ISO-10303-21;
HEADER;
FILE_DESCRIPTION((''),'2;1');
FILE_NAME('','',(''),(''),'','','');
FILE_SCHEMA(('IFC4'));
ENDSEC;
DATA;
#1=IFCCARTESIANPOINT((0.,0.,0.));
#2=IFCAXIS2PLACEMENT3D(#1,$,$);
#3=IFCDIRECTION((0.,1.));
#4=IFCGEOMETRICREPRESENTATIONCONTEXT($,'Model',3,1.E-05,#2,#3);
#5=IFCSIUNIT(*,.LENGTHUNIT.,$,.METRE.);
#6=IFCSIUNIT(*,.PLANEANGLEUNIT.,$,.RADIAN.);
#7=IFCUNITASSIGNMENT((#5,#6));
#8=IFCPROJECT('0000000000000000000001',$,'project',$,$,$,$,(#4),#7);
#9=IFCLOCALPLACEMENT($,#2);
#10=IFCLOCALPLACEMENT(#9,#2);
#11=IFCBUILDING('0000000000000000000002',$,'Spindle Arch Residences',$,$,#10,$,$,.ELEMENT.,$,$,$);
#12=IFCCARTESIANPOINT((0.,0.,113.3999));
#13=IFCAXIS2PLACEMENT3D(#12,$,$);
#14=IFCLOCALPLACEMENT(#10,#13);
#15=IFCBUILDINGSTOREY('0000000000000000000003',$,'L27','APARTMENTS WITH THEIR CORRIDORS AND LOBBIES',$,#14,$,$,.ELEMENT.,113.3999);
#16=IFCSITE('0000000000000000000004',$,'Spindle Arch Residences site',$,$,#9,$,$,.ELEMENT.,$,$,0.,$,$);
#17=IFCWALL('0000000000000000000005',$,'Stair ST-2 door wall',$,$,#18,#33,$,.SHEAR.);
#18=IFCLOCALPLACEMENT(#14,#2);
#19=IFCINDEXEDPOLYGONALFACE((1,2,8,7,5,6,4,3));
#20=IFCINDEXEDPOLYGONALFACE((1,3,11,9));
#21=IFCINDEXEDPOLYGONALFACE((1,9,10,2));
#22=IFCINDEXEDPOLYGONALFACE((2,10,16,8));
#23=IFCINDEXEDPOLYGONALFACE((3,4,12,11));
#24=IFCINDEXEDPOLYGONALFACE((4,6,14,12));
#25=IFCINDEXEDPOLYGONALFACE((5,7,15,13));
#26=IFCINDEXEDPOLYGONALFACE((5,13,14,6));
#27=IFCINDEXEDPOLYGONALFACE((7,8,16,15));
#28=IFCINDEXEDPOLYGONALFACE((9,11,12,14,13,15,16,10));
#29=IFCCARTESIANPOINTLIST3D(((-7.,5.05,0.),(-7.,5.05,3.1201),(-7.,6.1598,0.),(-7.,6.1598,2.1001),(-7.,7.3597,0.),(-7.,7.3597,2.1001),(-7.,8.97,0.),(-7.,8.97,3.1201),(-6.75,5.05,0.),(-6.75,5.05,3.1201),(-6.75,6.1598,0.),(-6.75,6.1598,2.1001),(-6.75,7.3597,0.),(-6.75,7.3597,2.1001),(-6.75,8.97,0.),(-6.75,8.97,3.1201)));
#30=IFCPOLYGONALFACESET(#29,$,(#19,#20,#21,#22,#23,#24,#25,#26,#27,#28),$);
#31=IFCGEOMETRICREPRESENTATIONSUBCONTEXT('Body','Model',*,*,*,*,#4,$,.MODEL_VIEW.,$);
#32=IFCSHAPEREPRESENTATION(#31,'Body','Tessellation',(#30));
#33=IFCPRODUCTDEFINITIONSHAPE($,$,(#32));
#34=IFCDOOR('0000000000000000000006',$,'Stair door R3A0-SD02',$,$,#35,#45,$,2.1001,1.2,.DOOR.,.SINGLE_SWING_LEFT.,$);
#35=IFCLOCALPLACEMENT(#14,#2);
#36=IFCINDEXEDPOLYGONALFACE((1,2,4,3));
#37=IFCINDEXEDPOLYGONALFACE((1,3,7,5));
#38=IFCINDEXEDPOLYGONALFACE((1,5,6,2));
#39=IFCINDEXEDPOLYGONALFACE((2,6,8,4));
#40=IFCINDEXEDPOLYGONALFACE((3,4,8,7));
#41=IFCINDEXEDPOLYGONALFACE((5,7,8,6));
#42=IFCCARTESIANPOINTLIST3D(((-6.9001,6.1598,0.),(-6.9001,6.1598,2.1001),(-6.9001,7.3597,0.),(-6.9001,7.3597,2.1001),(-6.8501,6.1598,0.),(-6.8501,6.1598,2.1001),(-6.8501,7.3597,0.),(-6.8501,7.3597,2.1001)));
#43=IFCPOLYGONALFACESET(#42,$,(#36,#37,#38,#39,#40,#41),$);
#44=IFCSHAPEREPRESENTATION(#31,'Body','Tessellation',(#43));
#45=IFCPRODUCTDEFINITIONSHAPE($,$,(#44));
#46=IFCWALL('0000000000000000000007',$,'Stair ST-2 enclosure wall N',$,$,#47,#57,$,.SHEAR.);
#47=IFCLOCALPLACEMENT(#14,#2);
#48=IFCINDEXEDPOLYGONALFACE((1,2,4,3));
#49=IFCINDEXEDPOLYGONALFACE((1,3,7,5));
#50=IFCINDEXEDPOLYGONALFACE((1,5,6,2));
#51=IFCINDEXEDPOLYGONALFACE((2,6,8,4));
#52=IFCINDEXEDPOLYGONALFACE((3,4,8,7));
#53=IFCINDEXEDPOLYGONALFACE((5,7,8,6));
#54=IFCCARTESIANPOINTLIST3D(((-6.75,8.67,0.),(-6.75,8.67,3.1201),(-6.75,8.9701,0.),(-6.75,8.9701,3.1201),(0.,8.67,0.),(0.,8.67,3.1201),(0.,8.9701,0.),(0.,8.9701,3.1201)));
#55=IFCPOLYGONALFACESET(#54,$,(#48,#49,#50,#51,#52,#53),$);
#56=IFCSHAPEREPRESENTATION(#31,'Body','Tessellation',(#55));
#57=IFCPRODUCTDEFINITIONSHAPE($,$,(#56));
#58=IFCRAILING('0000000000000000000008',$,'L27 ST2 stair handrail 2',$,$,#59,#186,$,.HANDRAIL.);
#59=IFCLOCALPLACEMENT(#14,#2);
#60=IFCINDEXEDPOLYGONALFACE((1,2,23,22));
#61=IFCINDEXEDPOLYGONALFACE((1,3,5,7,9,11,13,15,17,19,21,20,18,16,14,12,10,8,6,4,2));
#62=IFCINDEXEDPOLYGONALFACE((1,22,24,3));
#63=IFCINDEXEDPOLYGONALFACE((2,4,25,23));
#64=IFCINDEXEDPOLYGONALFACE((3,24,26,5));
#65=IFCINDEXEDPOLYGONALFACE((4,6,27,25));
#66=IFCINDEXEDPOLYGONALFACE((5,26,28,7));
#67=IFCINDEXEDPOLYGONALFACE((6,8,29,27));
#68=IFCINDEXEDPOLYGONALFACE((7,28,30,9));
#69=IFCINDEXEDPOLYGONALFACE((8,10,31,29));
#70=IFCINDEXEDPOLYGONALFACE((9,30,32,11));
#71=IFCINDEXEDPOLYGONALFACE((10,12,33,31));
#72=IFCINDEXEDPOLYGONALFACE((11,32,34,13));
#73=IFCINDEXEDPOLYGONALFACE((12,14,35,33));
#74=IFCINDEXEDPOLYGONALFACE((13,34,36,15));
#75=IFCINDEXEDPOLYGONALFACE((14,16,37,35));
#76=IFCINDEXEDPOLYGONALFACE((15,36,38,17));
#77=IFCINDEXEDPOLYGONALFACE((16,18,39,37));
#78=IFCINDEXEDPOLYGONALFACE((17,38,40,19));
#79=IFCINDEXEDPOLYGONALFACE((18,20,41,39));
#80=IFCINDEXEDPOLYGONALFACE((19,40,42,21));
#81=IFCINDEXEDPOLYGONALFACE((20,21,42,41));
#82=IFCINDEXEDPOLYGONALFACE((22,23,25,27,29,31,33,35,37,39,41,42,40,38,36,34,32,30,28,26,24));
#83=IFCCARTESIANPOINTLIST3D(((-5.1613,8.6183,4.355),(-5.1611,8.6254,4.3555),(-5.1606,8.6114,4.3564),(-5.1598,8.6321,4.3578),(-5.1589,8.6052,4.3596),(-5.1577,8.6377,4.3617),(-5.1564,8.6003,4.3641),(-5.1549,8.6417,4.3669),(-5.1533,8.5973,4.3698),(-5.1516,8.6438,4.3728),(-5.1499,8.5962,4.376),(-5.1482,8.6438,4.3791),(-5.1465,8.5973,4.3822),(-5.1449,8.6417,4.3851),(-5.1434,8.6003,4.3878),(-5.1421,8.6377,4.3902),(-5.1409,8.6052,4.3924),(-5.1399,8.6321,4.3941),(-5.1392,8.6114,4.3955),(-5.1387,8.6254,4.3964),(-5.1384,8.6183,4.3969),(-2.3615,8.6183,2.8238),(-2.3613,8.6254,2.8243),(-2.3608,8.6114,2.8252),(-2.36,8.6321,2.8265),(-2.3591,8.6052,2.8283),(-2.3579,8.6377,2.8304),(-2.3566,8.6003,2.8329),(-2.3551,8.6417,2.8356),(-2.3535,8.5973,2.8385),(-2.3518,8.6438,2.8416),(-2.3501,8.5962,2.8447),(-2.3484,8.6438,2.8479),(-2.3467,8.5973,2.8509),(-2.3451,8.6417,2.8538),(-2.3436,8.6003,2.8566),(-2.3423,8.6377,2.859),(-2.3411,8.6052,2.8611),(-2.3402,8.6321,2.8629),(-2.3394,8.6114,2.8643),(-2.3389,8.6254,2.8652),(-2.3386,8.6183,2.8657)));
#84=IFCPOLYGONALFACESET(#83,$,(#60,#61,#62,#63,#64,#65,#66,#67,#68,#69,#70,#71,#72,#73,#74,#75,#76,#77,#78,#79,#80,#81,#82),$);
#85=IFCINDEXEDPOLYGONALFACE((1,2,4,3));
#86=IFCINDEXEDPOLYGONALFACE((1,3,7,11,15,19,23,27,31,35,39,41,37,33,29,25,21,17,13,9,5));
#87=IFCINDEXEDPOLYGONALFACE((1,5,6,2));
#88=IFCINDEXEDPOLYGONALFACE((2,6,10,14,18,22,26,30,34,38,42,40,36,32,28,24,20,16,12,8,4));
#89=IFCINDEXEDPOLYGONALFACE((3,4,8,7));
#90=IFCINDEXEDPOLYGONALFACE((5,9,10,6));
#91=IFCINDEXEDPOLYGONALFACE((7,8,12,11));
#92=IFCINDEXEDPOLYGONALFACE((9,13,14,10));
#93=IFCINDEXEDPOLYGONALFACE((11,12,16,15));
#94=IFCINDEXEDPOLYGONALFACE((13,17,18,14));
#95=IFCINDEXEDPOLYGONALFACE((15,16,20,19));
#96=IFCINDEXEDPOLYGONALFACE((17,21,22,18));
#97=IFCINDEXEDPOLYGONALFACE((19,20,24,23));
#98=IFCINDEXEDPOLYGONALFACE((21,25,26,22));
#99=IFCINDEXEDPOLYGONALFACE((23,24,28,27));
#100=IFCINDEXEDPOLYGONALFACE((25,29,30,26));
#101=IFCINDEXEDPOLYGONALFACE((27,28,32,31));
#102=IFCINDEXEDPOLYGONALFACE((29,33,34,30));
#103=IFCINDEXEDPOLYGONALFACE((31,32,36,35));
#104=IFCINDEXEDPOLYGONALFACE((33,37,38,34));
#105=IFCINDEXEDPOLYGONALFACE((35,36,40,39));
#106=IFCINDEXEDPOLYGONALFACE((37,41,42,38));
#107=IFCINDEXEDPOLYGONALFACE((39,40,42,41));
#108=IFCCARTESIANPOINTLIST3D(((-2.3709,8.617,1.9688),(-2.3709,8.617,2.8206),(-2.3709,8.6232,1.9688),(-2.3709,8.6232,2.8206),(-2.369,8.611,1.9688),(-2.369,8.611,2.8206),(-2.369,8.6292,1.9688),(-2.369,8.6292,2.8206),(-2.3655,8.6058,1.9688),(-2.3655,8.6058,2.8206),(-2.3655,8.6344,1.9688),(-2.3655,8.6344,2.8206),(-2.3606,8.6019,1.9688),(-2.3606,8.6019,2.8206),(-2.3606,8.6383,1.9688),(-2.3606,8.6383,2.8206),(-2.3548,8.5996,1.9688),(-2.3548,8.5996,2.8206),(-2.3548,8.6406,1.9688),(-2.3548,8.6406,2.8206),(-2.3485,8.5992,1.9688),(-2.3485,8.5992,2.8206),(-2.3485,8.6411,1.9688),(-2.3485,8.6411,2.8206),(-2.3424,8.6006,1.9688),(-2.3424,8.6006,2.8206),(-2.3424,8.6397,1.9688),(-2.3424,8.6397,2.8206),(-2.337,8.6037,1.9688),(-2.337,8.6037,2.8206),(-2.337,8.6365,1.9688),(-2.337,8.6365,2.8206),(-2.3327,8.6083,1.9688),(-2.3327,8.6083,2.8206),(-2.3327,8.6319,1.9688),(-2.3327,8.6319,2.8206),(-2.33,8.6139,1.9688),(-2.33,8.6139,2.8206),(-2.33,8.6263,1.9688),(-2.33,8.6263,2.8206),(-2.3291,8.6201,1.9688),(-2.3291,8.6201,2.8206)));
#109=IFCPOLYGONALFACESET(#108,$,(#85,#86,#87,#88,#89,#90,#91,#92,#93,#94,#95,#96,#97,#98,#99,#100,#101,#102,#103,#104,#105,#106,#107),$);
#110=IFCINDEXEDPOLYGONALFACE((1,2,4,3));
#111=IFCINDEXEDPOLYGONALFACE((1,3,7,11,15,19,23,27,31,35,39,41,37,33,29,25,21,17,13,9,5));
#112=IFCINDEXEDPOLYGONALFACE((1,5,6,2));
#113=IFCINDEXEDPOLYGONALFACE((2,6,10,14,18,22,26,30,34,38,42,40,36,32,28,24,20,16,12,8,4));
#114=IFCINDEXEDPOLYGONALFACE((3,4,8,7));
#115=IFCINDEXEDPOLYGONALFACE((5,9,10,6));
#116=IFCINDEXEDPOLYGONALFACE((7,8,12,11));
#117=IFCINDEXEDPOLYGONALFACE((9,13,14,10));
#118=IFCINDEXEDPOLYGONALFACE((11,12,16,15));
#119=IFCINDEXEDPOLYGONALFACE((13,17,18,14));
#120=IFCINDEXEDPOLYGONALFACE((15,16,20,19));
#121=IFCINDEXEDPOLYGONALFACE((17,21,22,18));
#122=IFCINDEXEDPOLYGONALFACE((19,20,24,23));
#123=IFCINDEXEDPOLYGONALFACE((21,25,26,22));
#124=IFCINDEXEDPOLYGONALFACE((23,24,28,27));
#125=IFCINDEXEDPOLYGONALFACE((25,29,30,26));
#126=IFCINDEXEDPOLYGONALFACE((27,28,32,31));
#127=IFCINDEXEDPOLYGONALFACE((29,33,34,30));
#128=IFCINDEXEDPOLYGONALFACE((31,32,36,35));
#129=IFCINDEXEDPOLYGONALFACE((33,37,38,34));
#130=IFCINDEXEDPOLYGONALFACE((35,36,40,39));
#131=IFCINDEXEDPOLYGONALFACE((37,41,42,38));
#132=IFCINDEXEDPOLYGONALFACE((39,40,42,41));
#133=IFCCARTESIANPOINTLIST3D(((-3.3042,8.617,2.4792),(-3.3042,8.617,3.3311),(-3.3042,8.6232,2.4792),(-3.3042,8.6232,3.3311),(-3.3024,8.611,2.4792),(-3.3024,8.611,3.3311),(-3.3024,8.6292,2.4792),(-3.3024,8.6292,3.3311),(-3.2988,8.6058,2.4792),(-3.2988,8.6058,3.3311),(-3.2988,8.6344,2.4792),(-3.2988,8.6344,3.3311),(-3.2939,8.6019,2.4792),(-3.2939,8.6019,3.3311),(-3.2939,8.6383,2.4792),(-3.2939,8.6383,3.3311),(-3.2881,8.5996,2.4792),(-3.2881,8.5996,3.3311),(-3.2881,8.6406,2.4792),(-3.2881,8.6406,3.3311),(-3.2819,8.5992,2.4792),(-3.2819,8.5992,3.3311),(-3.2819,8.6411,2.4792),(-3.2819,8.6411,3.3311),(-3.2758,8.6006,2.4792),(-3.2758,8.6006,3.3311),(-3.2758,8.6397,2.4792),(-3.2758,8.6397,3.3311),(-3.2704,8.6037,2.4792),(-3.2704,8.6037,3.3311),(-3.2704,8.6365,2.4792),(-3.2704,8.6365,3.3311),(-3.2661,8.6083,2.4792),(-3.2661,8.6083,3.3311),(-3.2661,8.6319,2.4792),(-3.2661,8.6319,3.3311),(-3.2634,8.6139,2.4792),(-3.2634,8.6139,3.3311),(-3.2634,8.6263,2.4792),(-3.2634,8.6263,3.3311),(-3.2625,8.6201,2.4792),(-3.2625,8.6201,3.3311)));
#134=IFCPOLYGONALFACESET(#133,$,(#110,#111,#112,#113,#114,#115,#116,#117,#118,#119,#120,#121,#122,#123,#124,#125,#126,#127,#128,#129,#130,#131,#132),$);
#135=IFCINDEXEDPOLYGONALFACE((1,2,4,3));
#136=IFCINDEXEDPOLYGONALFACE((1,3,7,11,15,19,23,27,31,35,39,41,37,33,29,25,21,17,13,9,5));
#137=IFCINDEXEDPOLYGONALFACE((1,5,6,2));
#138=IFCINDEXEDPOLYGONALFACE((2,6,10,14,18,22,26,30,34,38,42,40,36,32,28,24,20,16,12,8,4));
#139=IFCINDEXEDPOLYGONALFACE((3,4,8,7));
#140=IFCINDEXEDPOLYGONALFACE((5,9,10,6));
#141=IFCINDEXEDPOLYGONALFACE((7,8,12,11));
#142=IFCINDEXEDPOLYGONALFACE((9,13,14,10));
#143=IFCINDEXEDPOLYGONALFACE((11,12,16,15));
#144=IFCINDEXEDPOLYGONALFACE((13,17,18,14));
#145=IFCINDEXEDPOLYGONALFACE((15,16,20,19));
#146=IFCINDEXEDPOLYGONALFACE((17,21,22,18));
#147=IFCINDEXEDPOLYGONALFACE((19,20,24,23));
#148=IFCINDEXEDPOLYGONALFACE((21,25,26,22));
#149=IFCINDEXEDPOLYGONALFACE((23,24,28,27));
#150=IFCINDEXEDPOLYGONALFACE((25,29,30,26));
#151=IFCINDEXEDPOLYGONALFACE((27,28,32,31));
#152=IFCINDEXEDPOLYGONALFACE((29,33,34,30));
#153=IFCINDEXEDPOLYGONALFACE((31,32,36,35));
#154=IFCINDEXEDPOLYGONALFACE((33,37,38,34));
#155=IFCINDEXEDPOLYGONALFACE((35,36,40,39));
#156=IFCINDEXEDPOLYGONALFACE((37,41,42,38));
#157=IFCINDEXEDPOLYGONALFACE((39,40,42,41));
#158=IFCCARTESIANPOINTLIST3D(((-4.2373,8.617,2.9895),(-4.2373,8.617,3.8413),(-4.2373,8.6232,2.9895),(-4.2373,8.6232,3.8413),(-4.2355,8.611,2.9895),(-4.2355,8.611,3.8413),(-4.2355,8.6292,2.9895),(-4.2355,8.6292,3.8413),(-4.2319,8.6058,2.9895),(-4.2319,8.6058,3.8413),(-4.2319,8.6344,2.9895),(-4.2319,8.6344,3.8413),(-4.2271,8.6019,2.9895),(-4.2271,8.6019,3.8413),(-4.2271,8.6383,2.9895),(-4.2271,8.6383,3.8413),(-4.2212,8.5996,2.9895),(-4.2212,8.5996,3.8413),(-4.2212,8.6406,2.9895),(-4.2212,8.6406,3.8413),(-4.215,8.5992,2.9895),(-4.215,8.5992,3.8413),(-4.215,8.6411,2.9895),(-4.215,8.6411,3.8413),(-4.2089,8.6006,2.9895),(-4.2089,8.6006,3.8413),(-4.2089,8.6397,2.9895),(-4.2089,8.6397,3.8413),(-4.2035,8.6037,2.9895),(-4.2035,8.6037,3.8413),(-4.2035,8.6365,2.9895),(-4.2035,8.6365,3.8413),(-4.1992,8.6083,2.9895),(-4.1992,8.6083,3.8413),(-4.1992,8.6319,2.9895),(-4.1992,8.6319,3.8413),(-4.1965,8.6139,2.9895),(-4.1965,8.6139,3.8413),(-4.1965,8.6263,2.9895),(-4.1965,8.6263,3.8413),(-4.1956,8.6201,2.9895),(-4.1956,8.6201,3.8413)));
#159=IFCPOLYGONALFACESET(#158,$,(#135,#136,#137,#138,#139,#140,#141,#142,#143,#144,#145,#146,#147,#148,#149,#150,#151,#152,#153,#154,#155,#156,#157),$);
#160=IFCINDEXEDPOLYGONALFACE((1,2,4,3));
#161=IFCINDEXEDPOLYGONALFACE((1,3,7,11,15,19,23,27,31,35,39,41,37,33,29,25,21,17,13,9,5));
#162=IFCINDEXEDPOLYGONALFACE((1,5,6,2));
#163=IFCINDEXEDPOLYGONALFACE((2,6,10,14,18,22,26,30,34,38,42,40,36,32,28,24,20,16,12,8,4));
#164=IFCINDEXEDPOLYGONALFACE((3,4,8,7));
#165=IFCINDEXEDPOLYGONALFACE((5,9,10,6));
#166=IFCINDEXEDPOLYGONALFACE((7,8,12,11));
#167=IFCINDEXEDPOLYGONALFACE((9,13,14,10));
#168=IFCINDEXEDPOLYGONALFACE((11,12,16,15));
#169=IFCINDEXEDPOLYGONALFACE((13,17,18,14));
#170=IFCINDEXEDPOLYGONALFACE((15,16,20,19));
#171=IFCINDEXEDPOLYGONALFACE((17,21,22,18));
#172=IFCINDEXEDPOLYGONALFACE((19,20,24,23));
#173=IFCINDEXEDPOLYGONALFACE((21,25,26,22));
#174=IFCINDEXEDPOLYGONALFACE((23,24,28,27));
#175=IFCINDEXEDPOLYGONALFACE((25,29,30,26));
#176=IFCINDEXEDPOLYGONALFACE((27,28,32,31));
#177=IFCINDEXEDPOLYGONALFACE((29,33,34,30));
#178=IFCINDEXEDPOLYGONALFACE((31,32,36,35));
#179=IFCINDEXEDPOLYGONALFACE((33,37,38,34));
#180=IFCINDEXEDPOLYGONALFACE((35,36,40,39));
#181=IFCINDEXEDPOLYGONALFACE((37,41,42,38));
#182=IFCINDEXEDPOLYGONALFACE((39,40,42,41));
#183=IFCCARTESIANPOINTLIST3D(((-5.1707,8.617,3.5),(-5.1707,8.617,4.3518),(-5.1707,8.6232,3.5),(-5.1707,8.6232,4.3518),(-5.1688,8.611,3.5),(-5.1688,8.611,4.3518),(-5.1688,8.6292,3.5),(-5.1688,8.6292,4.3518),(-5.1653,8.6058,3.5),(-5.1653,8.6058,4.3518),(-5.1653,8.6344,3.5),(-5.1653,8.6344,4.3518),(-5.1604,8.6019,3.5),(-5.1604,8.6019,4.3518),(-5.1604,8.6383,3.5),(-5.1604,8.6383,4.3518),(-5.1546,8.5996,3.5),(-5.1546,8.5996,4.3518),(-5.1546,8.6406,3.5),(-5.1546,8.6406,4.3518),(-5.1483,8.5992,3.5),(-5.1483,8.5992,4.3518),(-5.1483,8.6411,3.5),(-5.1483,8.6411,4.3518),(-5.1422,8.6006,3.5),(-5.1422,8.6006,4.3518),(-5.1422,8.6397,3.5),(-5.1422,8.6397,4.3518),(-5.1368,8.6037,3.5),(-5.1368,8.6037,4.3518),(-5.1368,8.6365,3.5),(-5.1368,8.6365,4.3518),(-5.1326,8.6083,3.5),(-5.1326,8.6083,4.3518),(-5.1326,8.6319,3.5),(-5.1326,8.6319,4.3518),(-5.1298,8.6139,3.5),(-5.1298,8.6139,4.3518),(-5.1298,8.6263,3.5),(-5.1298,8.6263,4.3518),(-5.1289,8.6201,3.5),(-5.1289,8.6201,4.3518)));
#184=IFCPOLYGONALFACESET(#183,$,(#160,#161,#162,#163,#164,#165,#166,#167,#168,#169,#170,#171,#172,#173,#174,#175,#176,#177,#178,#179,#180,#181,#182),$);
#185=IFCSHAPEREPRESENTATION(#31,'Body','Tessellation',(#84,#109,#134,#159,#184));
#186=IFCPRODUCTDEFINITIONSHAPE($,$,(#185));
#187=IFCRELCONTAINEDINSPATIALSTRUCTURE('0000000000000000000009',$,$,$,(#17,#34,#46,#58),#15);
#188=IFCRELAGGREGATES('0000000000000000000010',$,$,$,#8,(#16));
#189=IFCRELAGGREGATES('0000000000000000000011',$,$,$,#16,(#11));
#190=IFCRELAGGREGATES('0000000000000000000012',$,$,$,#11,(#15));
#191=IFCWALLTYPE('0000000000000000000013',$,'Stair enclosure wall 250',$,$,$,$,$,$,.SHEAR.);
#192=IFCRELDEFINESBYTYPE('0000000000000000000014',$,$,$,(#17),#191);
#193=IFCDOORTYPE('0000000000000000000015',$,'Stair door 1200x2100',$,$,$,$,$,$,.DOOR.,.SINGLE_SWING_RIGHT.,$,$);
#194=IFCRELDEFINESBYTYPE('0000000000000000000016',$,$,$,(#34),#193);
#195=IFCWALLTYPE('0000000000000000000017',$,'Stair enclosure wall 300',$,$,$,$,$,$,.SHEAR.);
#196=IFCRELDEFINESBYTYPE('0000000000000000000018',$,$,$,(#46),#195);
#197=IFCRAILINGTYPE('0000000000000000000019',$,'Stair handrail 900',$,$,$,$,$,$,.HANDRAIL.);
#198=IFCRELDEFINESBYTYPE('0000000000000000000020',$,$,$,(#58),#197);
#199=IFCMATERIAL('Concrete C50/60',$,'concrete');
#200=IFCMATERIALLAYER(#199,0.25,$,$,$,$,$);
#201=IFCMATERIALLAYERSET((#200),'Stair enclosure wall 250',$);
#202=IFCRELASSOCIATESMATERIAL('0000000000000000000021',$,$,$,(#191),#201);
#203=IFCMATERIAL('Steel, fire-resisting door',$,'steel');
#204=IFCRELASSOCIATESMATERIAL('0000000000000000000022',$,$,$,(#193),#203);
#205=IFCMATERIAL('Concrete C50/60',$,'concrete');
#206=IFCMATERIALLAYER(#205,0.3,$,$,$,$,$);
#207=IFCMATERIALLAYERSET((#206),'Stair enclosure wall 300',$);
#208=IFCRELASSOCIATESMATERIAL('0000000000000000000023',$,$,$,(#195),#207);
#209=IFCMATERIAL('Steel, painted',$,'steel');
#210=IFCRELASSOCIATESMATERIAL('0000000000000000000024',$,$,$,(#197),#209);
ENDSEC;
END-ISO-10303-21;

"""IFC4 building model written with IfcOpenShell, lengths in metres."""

from ifc_helpers import new_model, si_unit, direction, frame, frame_2d, origin, origin_2d, place, context, subcontext, project, spatial, rectangle, circle, extrude, material, layer, layer_set, type_object, element, fill, save


model = new_model("IFC4")

# Units and contexts
model_context = context("Model", 3, precision=1e-05, world=origin(), true_north=direction((0.0, 1.0)))
body_context = subcontext(model_context, "Body", "Model", "MODEL_VIEW")
ifc_project = project(units=[si_unit("LENGTHUNIT", "METRE"), si_unit("PLANEANGLEUNIT", "RADIAN")], contexts=[model_context])

# Site, building, storey
site_placement = place(None, origin())
site = spatial("IfcSite", under=ifc_project, at=site_placement, Name="Spindle Arch Residences site", CompositionType="ELEMENT", RefElevation=0.0)
building_placement = place(site_placement, origin())
building = spatial("IfcBuilding", under=site, at=building_placement, Name="Spindle Arch Residences", CompositionType="ELEMENT")
storey_placement = place(building_placement, frame((0.0, 0.0, 113.3999)))
storey = spatial("IfcBuildingStorey", under=building, at=storey_placement, Name="L27", Description="APARTMENTS WITH THEIR CORRIDORS AND LOBBIES", CompositionType="ELEMENT", Elevation=113.3999)

# Wall, opening, door
ifc_material_1 = material(Name="Concrete C50/60", Category="concrete")
ifc_layer_1 = layer(ifc_material_1, 0.25)
ifc_layer_set_1 = layer_set([ifc_layer_1], Name="Stair enclosure wall 250")
wall_type_1 = type_object("IfcWallType", Name="Stair enclosure wall 250", PredefinedType="SHEAR", material=ifc_layer_set_1)
wall_1_placement = place(storey_placement, frame((-6.875, 8.97, 0.0), z_axis=(0.0, 0.0, 1.0), x_axis=(0.0, -1.0, 0.0)))
wall_1 = element("IfcWall", 1, at=wall_1_placement, inside=storey, type_object=wall_type_1, Name="Stair ST-2 door wall", PredefinedType="SHEAR", context=body_context, shape_type="SweptSolid", body=[
    extrude(rectangle(XDim=3.9199, YDim=0.25, at=frame_2d((1.96, 0.0))), origin(), (0.0, 0.0, 1.0), 3.1201),
])
opening_1_placement = place(wall_1_placement, frame((1.6101, 0.0, 0.0)))
opening_1 = element("IfcOpeningElement", 2, at=opening_1_placement, cuts=wall_1, PredefinedType="OPENING", context=body_context, shape_type="SweptSolid", body=[
    extrude(rectangle(XDim=1.2, YDim=2.1001, at=frame_2d((0.6001, 1.05))), frame((0.0, 0.135, 0.0), z_axis=(0.0, -1.0, 0.0), x_axis=(1.0, 0.0, 0.0)), (0.0, 0.0, 1.0), 0.27),
])
ifc_material_2 = material(Name="Steel, fire-resisting door", Category="steel")
door_type_1 = type_object("IfcDoorType", Name="Stair door 1200x2100", OperationType="SINGLE_SWING_RIGHT", PredefinedType="DOOR", material=ifc_material_2)
door_1_placement = place(opening_1_placement, origin())
door_1 = element("IfcDoor", 3, at=door_1_placement, inside=storey, type_object=door_type_1, Name="Stair door R3A0-SD02", OperationType="SINGLE_SWING_LEFT", OverallHeight=2.1001, OverallWidth=1.2, PredefinedType="DOOR", context=body_context, shape_type="SweptSolid", body=[
    extrude(rectangle(XDim=1.2, YDim=2.1001, at=frame_2d((0.6001, 1.05))), frame((0.0, 0.0249, 0.0), z_axis=(0.0, -1.0, 0.0), x_axis=(1.0, 0.0, 0.0)), (0.0, 0.0, 1.0), 0.05),
])
fill(opening_1, door_1)

# Wall
ifc_material_3 = material(Name="Concrete C50/60", Category="concrete")
ifc_layer_2 = layer(ifc_material_3, 0.3)
ifc_layer_set_2 = layer_set([ifc_layer_2], Name="Stair enclosure wall 300")
wall_type_2 = type_object("IfcWallType", Name="Stair enclosure wall 300", PredefinedType="SHEAR", material=ifc_layer_set_2)
wall_2_placement = place(storey_placement, frame((-6.75, 8.8201, 0.0), z_axis=(0.0, 0.0, 1.0), x_axis=(1.0, 0.0, 0.0)))
element("IfcWall", 4, at=wall_2_placement, inside=storey, type_object=wall_type_2, Name="Stair ST-2 enclosure wall N", PredefinedType="SHEAR", context=body_context, shape_type="SweptSolid", body=[
    extrude(rectangle(XDim=6.75, YDim=0.3, at=frame_2d((3.375, 0.0))), origin(), (0.0, 0.0, 1.0), 3.1201),
])

# Railing
ifc_material_4 = material(Name="Steel, painted", Category="steel")
railing_type = type_object("IfcRailingType", Name="Stair handrail 900", PredefinedType="HANDRAIL", material=ifc_material_4)
railing_placement = place(storey_placement, frame((-2.3501, 8.6201, 1.9688)))
element("IfcRailing", 5, at=railing_placement, inside=storey, type_object=railing_type, Name="L27 ST2 stair handrail 2", PredefinedType="HANDRAIL", context=body_context, shape_type="SweptSolid", body=[
    extrude(circle(Radius=0.0239, at=origin_2d()), frame((0.0, 0.0, 0.876), z_axis=(-0.877357, 0.0, 0.479838), x_axis=(0.0, -1.0, 0.0)), (0.0, 0.0, 1.0), 3.1912),
    extrude(circle(Radius=0.021, at=origin_2d()), origin(), (0.0, 0.0, 1.0), 0.8518),
    extrude(circle(Radius=0.021, at=origin_2d()), frame((-0.9333, 0.0, 0.5105)), (0.0, 0.0, 1.0), 0.8518),
    extrude(circle(Radius=0.021, at=origin_2d()), frame((-1.8665, 0.0, 1.0208)), (0.0, 0.0, 1.0), 0.8518),
    extrude(circle(Radius=0.021, at=origin_2d()), frame((-2.7998, 0.0, 1.5312)), (0.0, 0.0, 1.0), 0.8518),
])

save(model, "model.ifc")
